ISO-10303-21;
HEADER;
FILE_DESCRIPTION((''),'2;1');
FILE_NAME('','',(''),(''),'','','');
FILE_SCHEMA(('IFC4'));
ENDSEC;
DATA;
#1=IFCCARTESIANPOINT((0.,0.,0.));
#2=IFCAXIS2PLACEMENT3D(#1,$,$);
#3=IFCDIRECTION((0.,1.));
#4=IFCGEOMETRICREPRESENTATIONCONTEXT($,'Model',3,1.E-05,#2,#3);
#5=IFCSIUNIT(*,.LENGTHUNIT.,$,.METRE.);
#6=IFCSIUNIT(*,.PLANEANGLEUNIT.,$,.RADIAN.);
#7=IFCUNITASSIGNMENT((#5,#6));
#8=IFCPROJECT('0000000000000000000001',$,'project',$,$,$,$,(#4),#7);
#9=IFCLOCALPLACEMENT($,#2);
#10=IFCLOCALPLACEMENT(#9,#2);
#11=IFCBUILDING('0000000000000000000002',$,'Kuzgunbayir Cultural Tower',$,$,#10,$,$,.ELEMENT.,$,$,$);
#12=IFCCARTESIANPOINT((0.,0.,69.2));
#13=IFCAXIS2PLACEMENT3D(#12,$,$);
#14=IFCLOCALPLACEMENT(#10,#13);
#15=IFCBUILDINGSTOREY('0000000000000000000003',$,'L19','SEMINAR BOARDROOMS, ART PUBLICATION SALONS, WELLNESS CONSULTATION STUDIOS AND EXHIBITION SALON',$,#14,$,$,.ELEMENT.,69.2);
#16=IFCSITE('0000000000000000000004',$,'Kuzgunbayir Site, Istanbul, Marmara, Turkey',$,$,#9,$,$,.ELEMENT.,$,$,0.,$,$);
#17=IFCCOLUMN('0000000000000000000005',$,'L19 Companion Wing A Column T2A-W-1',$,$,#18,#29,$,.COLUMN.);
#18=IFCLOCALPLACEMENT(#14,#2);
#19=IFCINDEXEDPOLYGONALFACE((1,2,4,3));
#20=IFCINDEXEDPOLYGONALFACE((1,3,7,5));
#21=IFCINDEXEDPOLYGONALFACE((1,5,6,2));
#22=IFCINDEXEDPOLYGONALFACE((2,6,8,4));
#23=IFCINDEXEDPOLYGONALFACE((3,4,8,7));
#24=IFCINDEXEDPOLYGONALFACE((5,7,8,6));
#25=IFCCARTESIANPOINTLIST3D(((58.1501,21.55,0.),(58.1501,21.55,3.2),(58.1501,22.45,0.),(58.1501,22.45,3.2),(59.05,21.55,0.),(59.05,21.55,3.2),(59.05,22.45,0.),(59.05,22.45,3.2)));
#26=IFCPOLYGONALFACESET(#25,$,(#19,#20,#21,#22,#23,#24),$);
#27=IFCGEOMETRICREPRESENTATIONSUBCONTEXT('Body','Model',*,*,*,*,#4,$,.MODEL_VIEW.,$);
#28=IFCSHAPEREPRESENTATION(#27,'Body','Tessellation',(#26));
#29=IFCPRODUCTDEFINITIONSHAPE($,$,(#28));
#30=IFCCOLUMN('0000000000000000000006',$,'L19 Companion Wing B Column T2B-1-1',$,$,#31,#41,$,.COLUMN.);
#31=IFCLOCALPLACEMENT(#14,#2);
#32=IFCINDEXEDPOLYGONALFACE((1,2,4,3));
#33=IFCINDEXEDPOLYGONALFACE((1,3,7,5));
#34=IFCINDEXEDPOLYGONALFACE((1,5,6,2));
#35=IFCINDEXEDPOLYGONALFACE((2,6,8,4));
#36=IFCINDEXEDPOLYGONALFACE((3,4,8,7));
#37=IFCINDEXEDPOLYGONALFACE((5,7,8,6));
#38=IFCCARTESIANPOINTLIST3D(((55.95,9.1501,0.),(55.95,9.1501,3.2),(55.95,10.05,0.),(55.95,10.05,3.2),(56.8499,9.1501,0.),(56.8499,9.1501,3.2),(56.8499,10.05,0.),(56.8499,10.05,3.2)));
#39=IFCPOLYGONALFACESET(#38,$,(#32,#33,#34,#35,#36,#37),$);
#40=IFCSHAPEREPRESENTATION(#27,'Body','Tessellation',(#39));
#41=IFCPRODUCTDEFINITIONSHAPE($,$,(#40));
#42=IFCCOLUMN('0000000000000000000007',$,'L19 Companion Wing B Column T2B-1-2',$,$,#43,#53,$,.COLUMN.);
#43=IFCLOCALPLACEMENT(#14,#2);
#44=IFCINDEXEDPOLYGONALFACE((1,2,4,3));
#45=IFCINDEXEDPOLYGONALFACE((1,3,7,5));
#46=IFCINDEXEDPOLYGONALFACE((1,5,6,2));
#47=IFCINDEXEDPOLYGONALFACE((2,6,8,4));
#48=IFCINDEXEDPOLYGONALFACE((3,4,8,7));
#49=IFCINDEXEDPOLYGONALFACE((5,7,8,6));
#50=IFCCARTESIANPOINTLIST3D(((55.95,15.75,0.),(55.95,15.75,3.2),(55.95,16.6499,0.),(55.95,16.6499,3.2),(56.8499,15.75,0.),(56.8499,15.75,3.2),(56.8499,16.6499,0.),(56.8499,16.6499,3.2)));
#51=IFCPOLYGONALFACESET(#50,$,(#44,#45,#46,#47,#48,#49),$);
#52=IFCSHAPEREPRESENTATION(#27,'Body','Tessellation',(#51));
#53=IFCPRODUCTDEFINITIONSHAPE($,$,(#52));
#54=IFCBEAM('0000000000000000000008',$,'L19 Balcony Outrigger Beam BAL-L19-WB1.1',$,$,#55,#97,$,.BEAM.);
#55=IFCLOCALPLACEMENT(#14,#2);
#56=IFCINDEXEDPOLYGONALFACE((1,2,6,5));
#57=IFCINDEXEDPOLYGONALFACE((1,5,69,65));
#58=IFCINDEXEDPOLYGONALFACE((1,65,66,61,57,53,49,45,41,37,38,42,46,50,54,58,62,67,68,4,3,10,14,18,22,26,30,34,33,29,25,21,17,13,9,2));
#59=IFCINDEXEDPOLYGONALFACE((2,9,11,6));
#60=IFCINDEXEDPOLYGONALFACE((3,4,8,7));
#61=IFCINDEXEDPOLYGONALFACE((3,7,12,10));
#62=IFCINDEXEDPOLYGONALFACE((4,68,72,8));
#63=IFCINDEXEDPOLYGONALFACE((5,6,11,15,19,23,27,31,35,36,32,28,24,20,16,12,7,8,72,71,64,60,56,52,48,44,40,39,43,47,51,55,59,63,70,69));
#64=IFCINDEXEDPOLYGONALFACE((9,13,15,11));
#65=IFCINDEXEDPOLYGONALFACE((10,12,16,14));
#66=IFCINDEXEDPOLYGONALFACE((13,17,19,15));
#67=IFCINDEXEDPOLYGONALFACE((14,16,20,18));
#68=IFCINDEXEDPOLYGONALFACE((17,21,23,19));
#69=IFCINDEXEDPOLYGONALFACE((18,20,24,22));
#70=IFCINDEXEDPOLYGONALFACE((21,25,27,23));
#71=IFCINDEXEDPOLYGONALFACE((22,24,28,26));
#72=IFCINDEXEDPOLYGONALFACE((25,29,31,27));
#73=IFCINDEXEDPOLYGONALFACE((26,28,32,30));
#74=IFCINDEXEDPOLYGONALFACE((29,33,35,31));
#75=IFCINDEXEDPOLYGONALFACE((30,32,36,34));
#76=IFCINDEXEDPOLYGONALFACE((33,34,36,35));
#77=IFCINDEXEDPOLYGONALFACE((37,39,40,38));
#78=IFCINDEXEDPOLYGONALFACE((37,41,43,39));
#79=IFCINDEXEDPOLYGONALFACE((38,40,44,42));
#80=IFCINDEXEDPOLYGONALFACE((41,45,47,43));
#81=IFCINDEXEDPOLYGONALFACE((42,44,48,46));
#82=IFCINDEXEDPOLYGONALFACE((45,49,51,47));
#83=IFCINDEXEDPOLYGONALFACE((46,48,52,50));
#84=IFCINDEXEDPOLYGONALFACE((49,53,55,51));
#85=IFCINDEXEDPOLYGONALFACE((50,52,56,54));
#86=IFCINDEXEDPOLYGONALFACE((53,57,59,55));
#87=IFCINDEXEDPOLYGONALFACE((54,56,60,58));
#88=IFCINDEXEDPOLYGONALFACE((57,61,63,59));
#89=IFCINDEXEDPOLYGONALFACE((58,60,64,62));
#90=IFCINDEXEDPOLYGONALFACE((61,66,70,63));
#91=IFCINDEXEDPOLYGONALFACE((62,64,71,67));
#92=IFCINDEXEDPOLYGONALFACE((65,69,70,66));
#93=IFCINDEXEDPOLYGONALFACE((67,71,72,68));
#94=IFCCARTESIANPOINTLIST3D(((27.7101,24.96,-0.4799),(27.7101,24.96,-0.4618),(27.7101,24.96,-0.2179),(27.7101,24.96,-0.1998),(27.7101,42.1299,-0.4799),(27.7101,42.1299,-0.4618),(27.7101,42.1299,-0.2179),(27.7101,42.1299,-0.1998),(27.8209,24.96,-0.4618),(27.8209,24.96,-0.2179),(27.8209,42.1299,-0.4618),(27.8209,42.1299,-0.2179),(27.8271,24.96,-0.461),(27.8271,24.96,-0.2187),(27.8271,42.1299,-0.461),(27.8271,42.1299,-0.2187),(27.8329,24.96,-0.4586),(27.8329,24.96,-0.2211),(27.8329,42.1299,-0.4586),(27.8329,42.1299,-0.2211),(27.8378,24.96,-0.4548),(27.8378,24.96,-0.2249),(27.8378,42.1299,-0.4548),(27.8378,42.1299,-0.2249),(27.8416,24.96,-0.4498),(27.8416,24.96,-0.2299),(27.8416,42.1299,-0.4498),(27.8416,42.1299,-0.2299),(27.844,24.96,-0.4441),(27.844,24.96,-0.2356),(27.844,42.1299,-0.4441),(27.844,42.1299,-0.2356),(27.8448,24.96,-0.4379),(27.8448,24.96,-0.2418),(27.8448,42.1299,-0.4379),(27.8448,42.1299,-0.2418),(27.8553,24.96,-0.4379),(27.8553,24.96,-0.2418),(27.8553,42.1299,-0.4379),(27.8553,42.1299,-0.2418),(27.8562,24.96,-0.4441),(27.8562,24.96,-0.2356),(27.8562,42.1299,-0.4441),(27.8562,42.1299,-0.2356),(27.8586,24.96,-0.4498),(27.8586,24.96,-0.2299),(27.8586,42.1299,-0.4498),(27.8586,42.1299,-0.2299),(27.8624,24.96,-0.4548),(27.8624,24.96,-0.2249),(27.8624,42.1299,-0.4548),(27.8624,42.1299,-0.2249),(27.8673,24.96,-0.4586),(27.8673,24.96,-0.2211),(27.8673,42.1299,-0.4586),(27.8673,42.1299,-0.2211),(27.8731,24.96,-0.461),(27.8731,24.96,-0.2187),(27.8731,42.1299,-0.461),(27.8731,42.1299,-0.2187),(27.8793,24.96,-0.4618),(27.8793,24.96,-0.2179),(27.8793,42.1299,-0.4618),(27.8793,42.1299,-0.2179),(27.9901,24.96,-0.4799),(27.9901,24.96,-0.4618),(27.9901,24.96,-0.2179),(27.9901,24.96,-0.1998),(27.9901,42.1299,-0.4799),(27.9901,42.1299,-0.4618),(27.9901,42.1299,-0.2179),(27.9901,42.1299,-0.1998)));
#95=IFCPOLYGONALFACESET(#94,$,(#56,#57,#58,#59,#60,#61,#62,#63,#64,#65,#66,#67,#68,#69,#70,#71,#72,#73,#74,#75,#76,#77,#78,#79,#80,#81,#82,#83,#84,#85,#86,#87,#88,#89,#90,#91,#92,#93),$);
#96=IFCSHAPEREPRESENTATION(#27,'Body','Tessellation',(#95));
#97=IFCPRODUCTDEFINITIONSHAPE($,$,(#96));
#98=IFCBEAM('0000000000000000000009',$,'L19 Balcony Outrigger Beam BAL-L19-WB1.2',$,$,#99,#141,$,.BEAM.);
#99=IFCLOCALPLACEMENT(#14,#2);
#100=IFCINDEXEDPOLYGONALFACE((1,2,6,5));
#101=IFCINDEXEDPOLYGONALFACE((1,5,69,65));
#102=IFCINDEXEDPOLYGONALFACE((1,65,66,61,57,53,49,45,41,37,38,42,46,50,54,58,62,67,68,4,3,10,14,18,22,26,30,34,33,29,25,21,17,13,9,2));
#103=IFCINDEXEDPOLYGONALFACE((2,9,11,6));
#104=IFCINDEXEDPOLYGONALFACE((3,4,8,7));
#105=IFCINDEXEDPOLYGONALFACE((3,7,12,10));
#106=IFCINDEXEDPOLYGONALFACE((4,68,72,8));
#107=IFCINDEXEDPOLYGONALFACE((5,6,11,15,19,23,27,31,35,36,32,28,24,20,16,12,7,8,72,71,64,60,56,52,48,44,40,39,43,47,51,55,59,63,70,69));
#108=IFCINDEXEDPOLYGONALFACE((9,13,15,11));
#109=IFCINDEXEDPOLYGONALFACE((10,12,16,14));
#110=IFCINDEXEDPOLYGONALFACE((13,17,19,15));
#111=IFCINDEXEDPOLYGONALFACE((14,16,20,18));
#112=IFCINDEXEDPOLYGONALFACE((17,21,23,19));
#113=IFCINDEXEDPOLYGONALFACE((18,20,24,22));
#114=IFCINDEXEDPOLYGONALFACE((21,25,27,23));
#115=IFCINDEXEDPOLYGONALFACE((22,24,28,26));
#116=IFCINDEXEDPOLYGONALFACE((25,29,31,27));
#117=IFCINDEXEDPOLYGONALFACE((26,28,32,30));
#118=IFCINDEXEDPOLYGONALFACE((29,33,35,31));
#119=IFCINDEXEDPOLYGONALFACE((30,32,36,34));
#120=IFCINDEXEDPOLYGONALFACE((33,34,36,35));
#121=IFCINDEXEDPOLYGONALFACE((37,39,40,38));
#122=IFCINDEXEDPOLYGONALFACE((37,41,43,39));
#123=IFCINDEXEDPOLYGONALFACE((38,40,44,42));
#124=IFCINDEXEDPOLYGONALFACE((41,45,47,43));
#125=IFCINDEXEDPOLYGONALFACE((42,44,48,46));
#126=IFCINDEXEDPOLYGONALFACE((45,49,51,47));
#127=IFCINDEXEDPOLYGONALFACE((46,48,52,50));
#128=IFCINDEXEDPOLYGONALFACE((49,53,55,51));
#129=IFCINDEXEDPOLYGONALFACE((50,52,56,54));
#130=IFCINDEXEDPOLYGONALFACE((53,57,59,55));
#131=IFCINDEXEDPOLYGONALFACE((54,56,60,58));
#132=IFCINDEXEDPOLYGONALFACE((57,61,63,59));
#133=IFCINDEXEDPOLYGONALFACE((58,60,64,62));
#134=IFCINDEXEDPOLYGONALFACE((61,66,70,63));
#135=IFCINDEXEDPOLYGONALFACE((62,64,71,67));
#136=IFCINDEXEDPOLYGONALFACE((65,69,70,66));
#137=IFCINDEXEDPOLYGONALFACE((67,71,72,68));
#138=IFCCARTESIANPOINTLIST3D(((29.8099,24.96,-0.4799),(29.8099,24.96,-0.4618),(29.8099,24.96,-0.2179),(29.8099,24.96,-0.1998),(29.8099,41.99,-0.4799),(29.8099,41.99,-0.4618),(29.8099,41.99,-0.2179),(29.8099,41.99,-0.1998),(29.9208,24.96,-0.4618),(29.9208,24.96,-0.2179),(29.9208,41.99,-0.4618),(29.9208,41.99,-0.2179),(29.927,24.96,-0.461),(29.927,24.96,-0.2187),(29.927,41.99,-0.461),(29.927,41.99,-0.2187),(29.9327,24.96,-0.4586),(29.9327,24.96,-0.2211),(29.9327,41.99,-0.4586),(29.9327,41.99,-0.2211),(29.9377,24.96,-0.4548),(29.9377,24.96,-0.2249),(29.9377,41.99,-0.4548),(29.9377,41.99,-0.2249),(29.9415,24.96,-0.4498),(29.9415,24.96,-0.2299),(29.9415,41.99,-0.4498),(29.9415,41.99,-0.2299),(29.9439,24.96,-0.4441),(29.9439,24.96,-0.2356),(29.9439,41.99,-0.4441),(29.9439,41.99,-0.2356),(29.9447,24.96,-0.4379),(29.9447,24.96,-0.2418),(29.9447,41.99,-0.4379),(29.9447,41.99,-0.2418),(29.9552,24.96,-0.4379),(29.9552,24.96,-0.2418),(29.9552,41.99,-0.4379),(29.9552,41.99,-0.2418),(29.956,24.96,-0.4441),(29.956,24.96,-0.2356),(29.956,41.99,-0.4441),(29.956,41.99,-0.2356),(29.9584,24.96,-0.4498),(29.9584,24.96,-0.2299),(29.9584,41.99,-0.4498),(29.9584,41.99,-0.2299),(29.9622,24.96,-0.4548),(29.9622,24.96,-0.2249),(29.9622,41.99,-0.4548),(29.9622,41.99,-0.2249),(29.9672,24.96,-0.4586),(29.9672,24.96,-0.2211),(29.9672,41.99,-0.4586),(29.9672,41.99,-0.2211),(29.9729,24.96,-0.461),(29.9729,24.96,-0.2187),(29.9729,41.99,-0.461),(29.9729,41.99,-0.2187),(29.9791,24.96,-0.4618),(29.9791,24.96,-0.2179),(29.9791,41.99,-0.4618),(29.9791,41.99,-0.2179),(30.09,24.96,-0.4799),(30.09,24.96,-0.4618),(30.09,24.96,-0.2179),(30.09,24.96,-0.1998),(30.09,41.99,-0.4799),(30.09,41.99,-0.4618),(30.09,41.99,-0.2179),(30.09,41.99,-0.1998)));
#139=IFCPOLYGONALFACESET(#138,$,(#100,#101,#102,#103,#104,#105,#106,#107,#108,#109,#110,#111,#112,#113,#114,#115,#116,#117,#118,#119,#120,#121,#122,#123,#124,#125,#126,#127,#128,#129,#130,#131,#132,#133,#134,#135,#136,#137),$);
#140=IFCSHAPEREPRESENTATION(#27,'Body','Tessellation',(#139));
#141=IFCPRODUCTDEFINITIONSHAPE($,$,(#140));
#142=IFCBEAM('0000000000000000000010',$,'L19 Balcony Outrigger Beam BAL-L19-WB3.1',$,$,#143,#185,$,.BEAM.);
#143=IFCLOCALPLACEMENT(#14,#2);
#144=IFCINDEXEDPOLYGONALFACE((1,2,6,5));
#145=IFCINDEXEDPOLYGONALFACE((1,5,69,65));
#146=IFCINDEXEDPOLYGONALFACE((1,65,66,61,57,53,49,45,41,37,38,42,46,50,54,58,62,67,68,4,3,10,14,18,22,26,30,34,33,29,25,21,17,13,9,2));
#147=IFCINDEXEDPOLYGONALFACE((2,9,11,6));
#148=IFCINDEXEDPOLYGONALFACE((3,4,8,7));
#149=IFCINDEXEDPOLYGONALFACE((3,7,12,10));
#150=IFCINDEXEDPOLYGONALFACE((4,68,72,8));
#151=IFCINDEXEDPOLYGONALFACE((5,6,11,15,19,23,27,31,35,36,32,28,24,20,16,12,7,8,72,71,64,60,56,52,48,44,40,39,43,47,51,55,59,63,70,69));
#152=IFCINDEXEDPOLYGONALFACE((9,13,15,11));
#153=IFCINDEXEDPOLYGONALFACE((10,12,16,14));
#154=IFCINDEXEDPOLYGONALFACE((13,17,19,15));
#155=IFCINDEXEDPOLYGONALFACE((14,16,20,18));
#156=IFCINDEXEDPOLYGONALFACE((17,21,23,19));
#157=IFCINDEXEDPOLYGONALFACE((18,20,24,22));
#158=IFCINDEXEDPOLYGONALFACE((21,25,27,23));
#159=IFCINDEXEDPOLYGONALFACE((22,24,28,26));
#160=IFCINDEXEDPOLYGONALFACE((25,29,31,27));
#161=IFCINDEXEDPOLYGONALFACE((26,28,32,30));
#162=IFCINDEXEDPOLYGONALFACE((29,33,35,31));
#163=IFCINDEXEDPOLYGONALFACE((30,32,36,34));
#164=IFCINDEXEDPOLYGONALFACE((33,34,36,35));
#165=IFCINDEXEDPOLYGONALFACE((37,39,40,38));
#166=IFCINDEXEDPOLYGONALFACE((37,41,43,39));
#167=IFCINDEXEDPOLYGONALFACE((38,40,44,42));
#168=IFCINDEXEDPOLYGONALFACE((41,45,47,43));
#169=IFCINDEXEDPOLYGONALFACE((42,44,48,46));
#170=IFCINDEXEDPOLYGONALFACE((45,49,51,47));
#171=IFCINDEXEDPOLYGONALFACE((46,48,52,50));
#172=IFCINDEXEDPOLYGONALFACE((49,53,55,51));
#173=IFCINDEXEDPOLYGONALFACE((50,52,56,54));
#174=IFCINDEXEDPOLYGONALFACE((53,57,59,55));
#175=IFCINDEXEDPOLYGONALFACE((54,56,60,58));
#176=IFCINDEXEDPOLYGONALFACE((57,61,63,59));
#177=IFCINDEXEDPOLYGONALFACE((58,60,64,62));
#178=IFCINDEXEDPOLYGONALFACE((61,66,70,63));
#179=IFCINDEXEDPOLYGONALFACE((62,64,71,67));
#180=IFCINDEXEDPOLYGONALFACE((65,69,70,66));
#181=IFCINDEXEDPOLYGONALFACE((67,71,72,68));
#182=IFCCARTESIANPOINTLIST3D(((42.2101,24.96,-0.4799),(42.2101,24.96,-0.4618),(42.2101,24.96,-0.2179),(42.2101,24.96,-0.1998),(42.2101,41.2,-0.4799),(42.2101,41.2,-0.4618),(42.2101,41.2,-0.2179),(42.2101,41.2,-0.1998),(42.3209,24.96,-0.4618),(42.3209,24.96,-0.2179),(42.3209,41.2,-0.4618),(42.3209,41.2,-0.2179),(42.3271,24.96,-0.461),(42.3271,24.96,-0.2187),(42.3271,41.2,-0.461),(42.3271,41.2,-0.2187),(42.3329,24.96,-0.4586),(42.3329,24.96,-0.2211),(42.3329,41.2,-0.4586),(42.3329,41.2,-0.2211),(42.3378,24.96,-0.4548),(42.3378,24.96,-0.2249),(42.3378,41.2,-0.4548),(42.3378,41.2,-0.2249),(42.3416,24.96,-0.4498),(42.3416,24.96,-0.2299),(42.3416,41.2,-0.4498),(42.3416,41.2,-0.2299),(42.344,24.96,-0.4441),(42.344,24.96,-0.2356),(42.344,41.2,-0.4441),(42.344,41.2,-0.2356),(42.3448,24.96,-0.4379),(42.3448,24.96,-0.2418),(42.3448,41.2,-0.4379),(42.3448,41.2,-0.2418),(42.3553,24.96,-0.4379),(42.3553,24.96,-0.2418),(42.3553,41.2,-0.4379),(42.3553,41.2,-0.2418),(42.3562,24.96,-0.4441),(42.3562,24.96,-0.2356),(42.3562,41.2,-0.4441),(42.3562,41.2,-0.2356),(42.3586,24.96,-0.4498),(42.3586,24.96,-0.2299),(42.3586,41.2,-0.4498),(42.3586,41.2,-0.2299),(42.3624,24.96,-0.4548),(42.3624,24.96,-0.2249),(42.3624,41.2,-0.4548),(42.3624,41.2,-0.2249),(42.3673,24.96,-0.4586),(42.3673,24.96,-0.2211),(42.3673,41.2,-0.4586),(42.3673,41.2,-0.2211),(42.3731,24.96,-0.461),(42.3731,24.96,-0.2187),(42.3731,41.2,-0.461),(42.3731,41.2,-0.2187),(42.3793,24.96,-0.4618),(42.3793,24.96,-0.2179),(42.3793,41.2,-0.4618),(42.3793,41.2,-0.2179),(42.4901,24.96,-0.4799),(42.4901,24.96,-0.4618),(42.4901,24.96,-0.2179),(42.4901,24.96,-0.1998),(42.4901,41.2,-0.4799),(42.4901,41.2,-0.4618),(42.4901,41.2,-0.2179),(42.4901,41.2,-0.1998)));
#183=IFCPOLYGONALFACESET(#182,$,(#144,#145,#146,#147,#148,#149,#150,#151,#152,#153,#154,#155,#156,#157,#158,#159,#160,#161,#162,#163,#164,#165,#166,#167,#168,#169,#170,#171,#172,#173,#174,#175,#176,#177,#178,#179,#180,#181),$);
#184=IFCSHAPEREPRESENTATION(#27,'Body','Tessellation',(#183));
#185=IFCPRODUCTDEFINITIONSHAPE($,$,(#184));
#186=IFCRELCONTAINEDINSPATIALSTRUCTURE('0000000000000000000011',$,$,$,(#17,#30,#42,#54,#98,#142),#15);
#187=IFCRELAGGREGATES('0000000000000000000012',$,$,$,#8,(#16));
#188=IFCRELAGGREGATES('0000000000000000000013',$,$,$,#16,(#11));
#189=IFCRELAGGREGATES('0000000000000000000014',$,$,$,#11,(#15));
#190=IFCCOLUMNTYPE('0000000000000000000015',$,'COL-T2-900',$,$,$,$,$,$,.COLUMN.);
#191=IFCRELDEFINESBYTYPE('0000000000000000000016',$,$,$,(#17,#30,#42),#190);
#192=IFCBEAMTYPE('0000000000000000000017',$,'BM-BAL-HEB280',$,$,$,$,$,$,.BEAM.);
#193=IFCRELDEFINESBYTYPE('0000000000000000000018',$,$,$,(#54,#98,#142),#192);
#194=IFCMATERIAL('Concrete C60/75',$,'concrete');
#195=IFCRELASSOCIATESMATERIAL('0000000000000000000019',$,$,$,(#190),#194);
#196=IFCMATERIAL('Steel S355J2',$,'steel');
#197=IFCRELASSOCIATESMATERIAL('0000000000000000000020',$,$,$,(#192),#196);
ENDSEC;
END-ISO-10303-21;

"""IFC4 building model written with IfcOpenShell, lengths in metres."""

from ifc_helpers import new_model, si_unit, direction, frame, origin, origin_2d, place, context, subcontext, project, spatial, rectangle, i_section, extrude, material, material_profile, profile_set, type_object, element, save


model = new_model("IFC4")

# Units and contexts
model_context = context("Model", 3, precision=1e-05, world=origin(), true_north=direction((0.0, 1.0)))
body_context = subcontext(model_context, "Body", "Model", "MODEL_VIEW")
ifc_project = project(units=[si_unit("LENGTHUNIT", "METRE"), si_unit("PLANEANGLEUNIT", "RADIAN")], contexts=[model_context])

# Site, building, storey
site_placement = place(None, origin())
site = spatial("IfcSite", under=ifc_project, at=site_placement, Name="Kuzgunbayir Site, Istanbul, Marmara, Turkey", CompositionType="ELEMENT", RefElevation=0.0)
building_placement = place(site_placement, origin())
building = spatial("IfcBuilding", under=site, at=building_placement, Name="Kuzgunbayir Cultural Tower", CompositionType="ELEMENT")
storey_placement = place(building_placement, frame((0.0, 0.0, 69.2)))
storey = spatial("IfcBuildingStorey", under=building, at=storey_placement, Name="L19", Description="SEMINAR BOARDROOMS, ART PUBLICATION SALONS, WELLNESS CONSULTATION STUDIOS AND EXHIBITION SALON", CompositionType="ELEMENT", Elevation=69.2)

# Columns
ifc_material_1 = material(Name="Concrete C60/75", Category="concrete")
ifc_material_profile_1 = material_profile(ifc_material_1, rectangle(XDim=0.8999, YDim=0.8999, at=origin_2d()), Name="RC 900x900")
ifc_profile_set_1 = profile_set([ifc_material_profile_1], Name="Concrete C60/75")
column_type = type_object("IfcColumnType", Name="COL-T2-900", PredefinedType="COLUMN", material=ifc_profile_set_1)
for number, where, z_axis, x_axis, name in (
    (1, (58.6001, 22.0, 0.0), (0.0, 0.0, 1.0), (1.0, 0.0, 0.0), "L19 Companion Wing A Column T2A-W-1"),
    (2, (56.3999, 9.6001, 0.0), (0.0, 0.0, 1.0), (1.0, 0.0, 0.0), "L19 Companion Wing B Column T2B-1-1"),
    (3, (56.3999, 16.2, 0.0), (0.0, 0.0, 1.0), (1.0, 0.0, 0.0), "L19 Companion Wing B Column T2B-1-2"),
):
    element("IfcColumn", number, at=place(storey_placement, frame(where, z_axis=z_axis, x_axis=x_axis)), inside=storey, type_object=column_type, Name=name, PredefinedType="COLUMN", context=body_context, shape_type="SweptSolid", body=[
        extrude(rectangle(XDim=0.8999, YDim=0.8999, at=origin_2d()), origin(), (0.0, 0.0, 1.0), 3.2),
    ])

# Beams
ifc_material_2 = material(Name="Steel S355J2", Category="steel")
ifc_material_profile_2 = material_profile(ifc_material_2, i_section(OverallWidth=0.28, OverallDepth=0.28, WebThickness=0.0105, FlangeThickness=0.0181, FilletRadius=0.0239, at=origin_2d()), Name="HEB 280")
ifc_profile_set_2 = profile_set([ifc_material_profile_2], Name="Steel S355J2")
beam_type_1 = type_object("IfcBeamType", Name="BM-BAL-HEB280", PredefinedType="BEAM", material=ifc_profile_set_2)
beam_1_placement = place(storey_placement, frame((27.8501, 24.96, -0.3398), z_axis=(0.0, 1.0, 0.0), x_axis=(-1.0, 0.0, 0.0)))
element("IfcBeam", 4, at=beam_1_placement, inside=storey, type_object=beam_type_1, Name="L19 Balcony Outrigger Beam BAL-L19-WB1.1", PredefinedType="BEAM", context=body_context, shape_type="SweptSolid", body=[
    extrude(i_section(OverallWidth=0.28, OverallDepth=0.28, WebThickness=0.0105, FlangeThickness=0.0181, FilletRadius=0.0239, at=origin_2d()), origin(), (0.0, 0.0, 1.0), 17.1699),
])
beam_2_placement = place(storey_placement, frame((29.95, 24.96, -0.3398), z_axis=(0.0, 1.0, 0.0), x_axis=(-1.0, 0.0, 0.0)))
element("IfcBeam", 5, at=beam_2_placement, inside=storey, type_object=beam_type_1, Name="L19 Balcony Outrigger Beam BAL-L19-WB1.2", PredefinedType="BEAM", context=body_context, shape_type="SweptSolid", body=[
    extrude(i_section(OverallWidth=0.28, OverallDepth=0.28, WebThickness=0.0105, FlangeThickness=0.0181, FilletRadius=0.0239, at=origin_2d()), origin(), (0.0, 0.0, 1.0), 17.03),
])
for number, where, z_axis, x_axis, name in (
    (6, (42.3501, 24.96, -0.3398), (0.0, 1.0, 0.0), (-1.0, 0.0, 0.0), "L19 Balcony Outrigger Beam BAL-L19-WB3.1"),
):
    element("IfcBeam", number, at=place(storey_placement, frame(where, z_axis=z_axis, x_axis=x_axis)), inside=storey, type_object=beam_type_1, Name=name, PredefinedType="BEAM", context=body_context, shape_type="SweptSolid", body=[
        extrude(i_section(OverallWidth=0.28, OverallDepth=0.28, WebThickness=0.0105, FlangeThickness=0.0181, FilletRadius=0.0239, at=origin_2d()), origin(), (0.0, 0.0, 1.0), 16.24),
    ])

save(model, "model.ifc")
